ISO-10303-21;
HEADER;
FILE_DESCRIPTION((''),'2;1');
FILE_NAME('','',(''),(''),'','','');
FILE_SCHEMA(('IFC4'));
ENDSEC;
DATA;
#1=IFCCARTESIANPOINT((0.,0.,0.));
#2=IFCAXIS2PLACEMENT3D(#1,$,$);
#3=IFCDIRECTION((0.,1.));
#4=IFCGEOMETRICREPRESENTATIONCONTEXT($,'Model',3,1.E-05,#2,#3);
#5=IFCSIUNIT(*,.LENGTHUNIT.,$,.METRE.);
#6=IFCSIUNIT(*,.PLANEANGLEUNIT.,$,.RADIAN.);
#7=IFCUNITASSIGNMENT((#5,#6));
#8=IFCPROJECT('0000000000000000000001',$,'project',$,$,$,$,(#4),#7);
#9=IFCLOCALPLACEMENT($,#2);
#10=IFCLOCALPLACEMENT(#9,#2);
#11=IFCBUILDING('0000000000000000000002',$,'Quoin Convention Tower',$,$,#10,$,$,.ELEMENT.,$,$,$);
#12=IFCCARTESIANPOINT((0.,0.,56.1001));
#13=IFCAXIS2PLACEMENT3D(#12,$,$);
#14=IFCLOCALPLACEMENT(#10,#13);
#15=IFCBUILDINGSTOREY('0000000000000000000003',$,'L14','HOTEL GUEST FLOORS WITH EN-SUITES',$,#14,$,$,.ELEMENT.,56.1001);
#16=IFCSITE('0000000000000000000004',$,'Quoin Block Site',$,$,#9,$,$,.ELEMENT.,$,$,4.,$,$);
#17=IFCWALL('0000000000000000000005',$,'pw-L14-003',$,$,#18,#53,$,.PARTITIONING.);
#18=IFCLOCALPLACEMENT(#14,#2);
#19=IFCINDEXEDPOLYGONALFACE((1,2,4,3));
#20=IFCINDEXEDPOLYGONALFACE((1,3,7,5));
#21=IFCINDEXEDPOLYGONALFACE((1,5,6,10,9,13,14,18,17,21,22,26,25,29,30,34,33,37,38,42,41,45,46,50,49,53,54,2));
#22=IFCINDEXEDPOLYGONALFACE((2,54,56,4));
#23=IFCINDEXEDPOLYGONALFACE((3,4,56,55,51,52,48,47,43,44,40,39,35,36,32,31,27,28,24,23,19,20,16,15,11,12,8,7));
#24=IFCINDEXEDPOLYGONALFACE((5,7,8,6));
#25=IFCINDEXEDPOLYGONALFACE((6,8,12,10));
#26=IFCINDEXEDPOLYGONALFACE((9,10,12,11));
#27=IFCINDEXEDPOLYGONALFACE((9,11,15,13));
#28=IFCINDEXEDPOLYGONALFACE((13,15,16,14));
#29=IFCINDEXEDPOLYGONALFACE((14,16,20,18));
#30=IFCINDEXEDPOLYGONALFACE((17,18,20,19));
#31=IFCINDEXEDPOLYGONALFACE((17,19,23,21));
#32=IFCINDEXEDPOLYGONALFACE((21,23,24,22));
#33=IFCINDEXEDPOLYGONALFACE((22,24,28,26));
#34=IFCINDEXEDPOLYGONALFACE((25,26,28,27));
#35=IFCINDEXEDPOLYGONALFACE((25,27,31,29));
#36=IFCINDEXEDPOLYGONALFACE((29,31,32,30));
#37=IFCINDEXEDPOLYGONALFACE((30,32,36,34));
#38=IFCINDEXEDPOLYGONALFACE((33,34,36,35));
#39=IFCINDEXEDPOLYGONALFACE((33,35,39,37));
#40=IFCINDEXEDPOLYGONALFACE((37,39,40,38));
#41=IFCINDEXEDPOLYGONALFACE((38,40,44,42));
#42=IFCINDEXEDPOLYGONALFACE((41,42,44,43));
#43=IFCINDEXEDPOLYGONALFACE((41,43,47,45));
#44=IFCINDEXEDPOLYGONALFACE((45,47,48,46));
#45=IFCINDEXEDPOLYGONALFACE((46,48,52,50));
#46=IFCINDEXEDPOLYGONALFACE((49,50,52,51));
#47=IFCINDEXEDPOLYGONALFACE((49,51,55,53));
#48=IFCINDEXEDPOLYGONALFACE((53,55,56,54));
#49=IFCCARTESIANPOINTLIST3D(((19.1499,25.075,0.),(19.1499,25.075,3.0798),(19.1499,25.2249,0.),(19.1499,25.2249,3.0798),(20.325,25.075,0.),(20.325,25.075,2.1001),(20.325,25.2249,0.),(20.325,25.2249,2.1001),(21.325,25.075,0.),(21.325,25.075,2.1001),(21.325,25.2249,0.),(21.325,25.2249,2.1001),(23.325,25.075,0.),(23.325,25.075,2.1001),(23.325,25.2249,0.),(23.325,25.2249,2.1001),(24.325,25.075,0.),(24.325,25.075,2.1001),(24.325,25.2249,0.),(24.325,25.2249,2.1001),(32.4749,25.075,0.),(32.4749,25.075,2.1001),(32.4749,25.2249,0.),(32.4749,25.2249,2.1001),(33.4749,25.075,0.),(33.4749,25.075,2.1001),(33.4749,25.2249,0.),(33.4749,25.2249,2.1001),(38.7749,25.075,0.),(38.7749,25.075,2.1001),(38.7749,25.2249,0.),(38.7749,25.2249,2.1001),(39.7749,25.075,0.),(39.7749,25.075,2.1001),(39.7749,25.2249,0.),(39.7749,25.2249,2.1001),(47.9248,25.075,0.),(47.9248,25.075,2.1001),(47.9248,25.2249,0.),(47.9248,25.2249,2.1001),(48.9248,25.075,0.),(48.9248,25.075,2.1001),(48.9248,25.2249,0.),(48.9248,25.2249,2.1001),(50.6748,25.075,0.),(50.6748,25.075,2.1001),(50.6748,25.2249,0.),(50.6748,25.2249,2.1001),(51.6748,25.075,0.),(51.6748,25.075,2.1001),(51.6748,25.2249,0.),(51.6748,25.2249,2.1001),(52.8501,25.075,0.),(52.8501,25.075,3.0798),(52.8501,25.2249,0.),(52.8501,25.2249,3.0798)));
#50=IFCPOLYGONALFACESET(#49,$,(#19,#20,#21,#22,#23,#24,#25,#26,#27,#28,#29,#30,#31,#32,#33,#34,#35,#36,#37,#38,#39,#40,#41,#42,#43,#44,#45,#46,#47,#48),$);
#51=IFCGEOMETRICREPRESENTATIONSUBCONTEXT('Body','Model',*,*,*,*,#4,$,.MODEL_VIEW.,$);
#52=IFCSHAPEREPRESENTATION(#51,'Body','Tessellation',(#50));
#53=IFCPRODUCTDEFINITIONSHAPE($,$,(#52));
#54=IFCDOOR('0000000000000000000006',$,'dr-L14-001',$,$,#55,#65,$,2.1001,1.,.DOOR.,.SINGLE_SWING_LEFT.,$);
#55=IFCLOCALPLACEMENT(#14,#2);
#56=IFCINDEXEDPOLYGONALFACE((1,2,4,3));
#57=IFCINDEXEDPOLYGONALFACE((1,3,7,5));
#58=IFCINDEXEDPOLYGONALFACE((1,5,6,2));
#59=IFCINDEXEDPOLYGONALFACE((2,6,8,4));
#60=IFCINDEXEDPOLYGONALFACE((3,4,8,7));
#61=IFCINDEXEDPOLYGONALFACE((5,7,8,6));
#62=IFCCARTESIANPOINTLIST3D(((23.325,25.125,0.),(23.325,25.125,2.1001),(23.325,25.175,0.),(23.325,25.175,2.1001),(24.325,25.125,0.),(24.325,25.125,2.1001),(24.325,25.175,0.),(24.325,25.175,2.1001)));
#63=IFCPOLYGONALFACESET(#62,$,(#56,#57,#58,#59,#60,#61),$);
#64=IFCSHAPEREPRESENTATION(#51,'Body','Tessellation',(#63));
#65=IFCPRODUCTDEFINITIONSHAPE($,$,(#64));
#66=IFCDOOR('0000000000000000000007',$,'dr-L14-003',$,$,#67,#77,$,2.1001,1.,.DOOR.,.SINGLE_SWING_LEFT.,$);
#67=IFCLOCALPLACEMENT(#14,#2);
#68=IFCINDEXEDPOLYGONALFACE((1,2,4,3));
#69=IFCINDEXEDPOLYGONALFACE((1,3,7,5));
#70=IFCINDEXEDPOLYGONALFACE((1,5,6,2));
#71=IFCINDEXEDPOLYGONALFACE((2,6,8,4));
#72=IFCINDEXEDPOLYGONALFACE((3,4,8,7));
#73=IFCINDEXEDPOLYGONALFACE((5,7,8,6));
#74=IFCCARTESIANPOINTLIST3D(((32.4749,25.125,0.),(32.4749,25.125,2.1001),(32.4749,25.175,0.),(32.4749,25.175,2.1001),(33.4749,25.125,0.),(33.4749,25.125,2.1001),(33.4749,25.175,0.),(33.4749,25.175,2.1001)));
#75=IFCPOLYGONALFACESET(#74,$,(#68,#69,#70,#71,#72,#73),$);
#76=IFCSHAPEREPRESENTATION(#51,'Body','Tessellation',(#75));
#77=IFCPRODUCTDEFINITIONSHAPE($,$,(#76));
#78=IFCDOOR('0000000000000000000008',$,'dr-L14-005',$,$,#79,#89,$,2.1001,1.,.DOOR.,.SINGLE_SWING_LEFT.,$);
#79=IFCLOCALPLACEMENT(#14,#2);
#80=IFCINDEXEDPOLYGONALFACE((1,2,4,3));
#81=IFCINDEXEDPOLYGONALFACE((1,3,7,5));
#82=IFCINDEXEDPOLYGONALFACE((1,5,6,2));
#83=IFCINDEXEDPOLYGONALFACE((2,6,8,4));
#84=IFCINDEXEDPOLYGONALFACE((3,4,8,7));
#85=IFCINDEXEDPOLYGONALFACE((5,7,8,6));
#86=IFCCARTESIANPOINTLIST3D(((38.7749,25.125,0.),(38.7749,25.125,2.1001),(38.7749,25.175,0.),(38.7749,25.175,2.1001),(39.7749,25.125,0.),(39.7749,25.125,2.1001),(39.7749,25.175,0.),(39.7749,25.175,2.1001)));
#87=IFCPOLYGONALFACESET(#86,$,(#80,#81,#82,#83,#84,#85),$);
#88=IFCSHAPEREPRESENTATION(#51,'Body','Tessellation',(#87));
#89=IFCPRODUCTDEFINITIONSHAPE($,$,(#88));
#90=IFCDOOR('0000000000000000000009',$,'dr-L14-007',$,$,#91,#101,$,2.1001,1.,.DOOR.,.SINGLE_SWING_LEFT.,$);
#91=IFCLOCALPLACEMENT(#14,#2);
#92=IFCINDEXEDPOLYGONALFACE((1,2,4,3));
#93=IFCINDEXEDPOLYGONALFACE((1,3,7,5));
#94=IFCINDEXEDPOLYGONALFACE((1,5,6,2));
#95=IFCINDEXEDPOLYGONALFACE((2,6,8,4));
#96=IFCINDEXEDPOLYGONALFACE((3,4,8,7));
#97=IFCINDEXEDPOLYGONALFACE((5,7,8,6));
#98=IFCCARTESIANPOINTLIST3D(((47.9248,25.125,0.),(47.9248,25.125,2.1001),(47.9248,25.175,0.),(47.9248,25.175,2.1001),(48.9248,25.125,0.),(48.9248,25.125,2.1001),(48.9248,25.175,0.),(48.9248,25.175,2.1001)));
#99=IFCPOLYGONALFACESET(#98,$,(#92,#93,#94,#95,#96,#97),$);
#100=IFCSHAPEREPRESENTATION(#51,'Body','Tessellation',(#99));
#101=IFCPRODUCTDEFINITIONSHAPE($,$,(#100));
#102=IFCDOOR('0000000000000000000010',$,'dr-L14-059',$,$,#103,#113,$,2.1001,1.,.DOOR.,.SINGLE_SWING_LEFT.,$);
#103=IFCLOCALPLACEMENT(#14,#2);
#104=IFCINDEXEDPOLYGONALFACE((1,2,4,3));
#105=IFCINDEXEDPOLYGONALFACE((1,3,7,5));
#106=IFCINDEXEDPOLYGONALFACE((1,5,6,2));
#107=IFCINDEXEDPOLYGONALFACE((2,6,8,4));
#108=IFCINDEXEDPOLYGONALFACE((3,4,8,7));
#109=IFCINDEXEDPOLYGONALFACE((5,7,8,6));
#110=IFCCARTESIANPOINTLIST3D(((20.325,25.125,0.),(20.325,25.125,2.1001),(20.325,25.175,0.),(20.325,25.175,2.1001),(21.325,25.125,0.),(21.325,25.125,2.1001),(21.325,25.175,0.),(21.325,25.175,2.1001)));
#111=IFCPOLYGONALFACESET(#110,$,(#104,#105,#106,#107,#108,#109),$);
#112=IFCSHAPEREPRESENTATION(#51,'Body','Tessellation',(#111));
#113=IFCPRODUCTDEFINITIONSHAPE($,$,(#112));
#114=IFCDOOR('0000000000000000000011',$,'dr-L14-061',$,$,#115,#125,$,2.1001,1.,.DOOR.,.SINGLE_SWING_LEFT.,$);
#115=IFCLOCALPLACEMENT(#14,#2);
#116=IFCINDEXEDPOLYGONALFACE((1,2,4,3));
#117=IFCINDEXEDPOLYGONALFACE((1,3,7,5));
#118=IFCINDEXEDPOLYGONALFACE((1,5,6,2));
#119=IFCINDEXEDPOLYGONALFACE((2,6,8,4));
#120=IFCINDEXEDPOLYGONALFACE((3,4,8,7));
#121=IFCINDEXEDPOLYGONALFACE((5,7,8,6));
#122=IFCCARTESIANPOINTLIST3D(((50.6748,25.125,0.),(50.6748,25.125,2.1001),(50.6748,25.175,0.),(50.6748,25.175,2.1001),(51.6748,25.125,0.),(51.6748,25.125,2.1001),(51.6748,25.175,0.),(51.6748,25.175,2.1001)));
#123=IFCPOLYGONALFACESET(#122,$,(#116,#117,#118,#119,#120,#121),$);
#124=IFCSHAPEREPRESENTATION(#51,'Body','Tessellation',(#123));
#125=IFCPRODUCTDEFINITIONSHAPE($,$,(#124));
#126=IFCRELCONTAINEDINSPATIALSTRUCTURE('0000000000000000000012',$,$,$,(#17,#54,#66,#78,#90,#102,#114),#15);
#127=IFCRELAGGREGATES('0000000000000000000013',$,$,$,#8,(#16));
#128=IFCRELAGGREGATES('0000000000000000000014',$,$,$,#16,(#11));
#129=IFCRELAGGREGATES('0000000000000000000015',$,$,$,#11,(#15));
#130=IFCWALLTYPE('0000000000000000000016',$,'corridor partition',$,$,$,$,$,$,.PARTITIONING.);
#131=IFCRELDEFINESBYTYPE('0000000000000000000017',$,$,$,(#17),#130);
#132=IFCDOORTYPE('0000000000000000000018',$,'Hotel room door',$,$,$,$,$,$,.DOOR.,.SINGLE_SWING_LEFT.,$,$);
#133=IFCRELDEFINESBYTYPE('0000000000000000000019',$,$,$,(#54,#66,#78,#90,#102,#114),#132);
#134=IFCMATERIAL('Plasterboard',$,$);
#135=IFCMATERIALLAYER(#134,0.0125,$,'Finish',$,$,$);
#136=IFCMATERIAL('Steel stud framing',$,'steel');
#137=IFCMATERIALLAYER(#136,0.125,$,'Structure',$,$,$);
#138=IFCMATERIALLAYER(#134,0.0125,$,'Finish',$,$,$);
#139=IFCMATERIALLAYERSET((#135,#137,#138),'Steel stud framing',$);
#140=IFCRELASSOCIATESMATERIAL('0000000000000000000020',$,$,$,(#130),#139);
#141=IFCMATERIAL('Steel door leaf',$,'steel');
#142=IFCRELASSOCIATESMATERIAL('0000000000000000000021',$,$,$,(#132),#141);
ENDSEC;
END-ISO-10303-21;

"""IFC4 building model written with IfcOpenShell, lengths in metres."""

from ifc_helpers import new_model, si_unit, direction, frame, frame_2d, origin, place, context, subcontext, project, spatial, rectangle, extrude, material, layer, layer_set, type_object, element, fill, save


model = new_model("IFC4")

# Units and contexts
model_context = context("Model", 3, precision=1e-05, world=origin(), true_north=direction((0.0, 1.0)))
body_context = subcontext(model_context, "Body", "Model", "MODEL_VIEW")
ifc_project = project(units=[si_unit("LENGTHUNIT", "METRE"), si_unit("PLANEANGLEUNIT", "RADIAN")], contexts=[model_context])

# Site, building, storey
site_placement = place(None, origin())
site = spatial("IfcSite", under=ifc_project, at=site_placement, Name="Quoin Block Site", CompositionType="ELEMENT", RefElevation=4.0)
building_placement = place(site_placement, origin())
building = spatial("IfcBuilding", under=site, at=building_placement, Name="Quoin Convention Tower", CompositionType="ELEMENT")
storey_placement = place(building_placement, frame((0.0, 0.0, 56.1001)))
storey = spatial("IfcBuildingStorey", under=building, at=storey_placement, Name="L14", Description="HOTEL GUEST FLOORS WITH EN-SUITES", CompositionType="ELEMENT", Elevation=56.1001)

# Shared definitions
ifc_material_1 = material(Name="Steel door leaf", Category="steel")

# Wall, openings, doors
ifc_material_2 = material(Name="Plasterboard")
ifc_layer_1 = layer(ifc_material_2, 0.0125, Name="Finish")
ifc_material_3 = material(Name="Steel stud framing", Category="steel")
ifc_layer_2 = layer(ifc_material_3, 0.125, Name="Structure")
ifc_layer_3 = layer(ifc_material_2, 0.0125, Name="Finish")
ifc_layer_set_1 = layer_set([ifc_layer_1, ifc_layer_2, ifc_layer_3], Name="Steel stud framing")
wall_type_1 = type_object("IfcWallType", Name="corridor partition", PredefinedType="PARTITIONING", material=ifc_layer_set_1)
wall_1_placement = place(storey_placement, frame((19.1499, 25.1499, 0.0), z_axis=(0.0, 0.0, 1.0), x_axis=(1.0, 0.0, 0.0)))
wall_1 = element("IfcWall", 1, at=wall_1_placement, inside=storey, type_object=wall_type_1, Name="pw-L14-003", PredefinedType="PARTITIONING", context=body_context, shape_type="SweptSolid", body=[
    extrude(rectangle(XDim=33.7002, YDim=0.1499, at=frame_2d((16.8501, 0.0))), origin(), (0.0, 0.0, 1.0), 3.0798),
])
opening_1_placement = place(wall_1_placement, frame((4.175, 0.0, 0.0)))
opening_1 = element("IfcOpeningElement", 2, at=opening_1_placement, cuts=wall_1, PredefinedType="OPENING", context=body_context, shape_type="SweptSolid", body=[
    extrude(rectangle(XDim=1.0, YDim=2.1001, at=frame_2d((0.5, 1.05))), frame((0.0, 0.085, 0.0), z_axis=(0.0, -1.0, 0.0), x_axis=(1.0, 0.0, 0.0)), (0.0, 0.0, 1.0), 0.1699),
])
opening_2_placement = place(wall_1_placement, frame((13.325, 0.0, 0.0)))
opening_2 = element("IfcOpeningElement", 3, at=opening_2_placement, cuts=wall_1, PredefinedType="OPENING", context=body_context, shape_type="SweptSolid", body=[
    extrude(rectangle(XDim=1.0, YDim=2.1001, at=frame_2d((0.5, 1.05))), frame((0.0, 0.085, 0.0), z_axis=(0.0, -1.0, 0.0), x_axis=(1.0, 0.0, 0.0)), (0.0, 0.0, 1.0), 0.1699),
])
opening_3_placement = place(wall_1_placement, frame((19.625, 0.0, 0.0)))
opening_3 = element("IfcOpeningElement", 4, at=opening_3_placement, cuts=wall_1, PredefinedType="OPENING", context=body_context, shape_type="SweptSolid", body=[
    extrude(rectangle(XDim=1.0, YDim=2.1001, at=frame_2d((0.5, 1.05))), frame((0.0, 0.085, 0.0), z_axis=(0.0, -1.0, 0.0), x_axis=(1.0, 0.0, 0.0)), (0.0, 0.0, 1.0), 0.1699),
])
opening_4_placement = place(wall_1_placement, frame((28.7749, 0.0, 0.0)))
opening_4 = element("IfcOpeningElement", 5, at=opening_4_placement, cuts=wall_1, PredefinedType="OPENING", context=body_context, shape_type="SweptSolid", body=[
    extrude(rectangle(XDim=1.0, YDim=2.1001, at=frame_2d((0.5, 1.05))), frame((0.0, 0.085, 0.0), z_axis=(0.0, -1.0, 0.0), x_axis=(1.0, 0.0, 0.0)), (0.0, 0.0, 1.0), 0.1699),
])
opening_5_placement = place(wall_1_placement, frame((1.175, 0.0, 0.0)))
opening_5 = element("IfcOpeningElement", 6, at=opening_5_placement, cuts=wall_1, PredefinedType="OPENING", context=body_context, shape_type="SweptSolid", body=[
    extrude(rectangle(XDim=1.0, YDim=2.1001, at=frame_2d((0.5, 1.05))), frame((0.0, 0.085, 0.0), z_axis=(0.0, -1.0, 0.0), x_axis=(1.0, 0.0, 0.0)), (0.0, 0.0, 1.0), 0.1699),
])
opening_6_placement = place(wall_1_placement, frame((31.5249, 0.0, 0.0)))
opening_6 = element("IfcOpeningElement", 7, at=opening_6_placement, cuts=wall_1, PredefinedType="OPENING", context=body_context, shape_type="SweptSolid", body=[
    extrude(rectangle(XDim=1.0, YDim=2.1001, at=frame_2d((0.5, 1.05))), frame((0.0, 0.085, 0.0), z_axis=(0.0, -1.0, 0.0), x_axis=(1.0, 0.0, 0.0)), (0.0, 0.0, 1.0), 0.1699),
])
door_type_1 = type_object("IfcDoorType", Name="Hotel room door", OperationType="SINGLE_SWING_LEFT", PredefinedType="DOOR", material=ifc_material_1)
door_1_placement = place(opening_1_placement, frame((1.0, 0.0, 0.0), z_axis=(0.0, 0.0, 1.0), x_axis=(-1.0, 0.0, 0.0)))
door_1 = element("IfcDoor", 8, at=door_1_placement, inside=storey, type_object=door_type_1, Name="dr-L14-001", OperationType="SINGLE_SWING_LEFT", OverallHeight=2.1001, OverallWidth=1.0, PredefinedType="DOOR", context=body_context, shape_type="SweptSolid", body=[
    extrude(rectangle(XDim=1.0, YDim=2.1001, at=frame_2d((0.5, 1.05))), frame((0.0, 0.0249, 0.0), z_axis=(0.0, -1.0, 0.0), x_axis=(1.0, 0.0, 0.0)), (0.0, 0.0, 1.0), 0.05),
])
fill(opening_1, door_1)
door_2_placement = place(opening_2_placement, frame((1.0, 0.0, 0.0), z_axis=(0.0, 0.0, 1.0), x_axis=(-1.0, 0.0, 0.0)))
door_2 = element("IfcDoor", 9, at=door_2_placement, inside=storey, type_object=door_type_1, Name="dr-L14-003", OperationType="SINGLE_SWING_LEFT", OverallHeight=2.1001, OverallWidth=1.0, PredefinedType="DOOR", context=body_context, shape_type="SweptSolid", body=[
    extrude(rectangle(XDim=1.0, YDim=2.1001, at=frame_2d((0.5, 1.05))), frame((0.0, 0.0249, 0.0), z_axis=(0.0, -1.0, 0.0), x_axis=(1.0, 0.0, 0.0)), (0.0, 0.0, 1.0), 0.05),
])
fill(opening_2, door_2)
door_3_placement = place(opening_3_placement, frame((1.0, 0.0, 0.0), z_axis=(0.0, 0.0, 1.0), x_axis=(-1.0, 0.0, 0.0)))
door_3 = element("IfcDoor", 10, at=door_3_placement, inside=storey, type_object=door_type_1, Name="dr-L14-005", OperationType="SINGLE_SWING_LEFT", OverallHeight=2.1001, OverallWidth=1.0, PredefinedType="DOOR", context=body_context, shape_type="SweptSolid", body=[
    extrude(rectangle(XDim=1.0, YDim=2.1001, at=frame_2d((0.5, 1.05))), frame((0.0, 0.0249, 0.0), z_axis=(0.0, -1.0, 0.0), x_axis=(1.0, 0.0, 0.0)), (0.0, 0.0, 1.0), 0.05),
])
fill(opening_3, door_3)
door_4_placement = place(opening_4_placement, frame((1.0, 0.0, 0.0), z_axis=(0.0, 0.0, 1.0), x_axis=(-1.0, 0.0, 0.0)))
door_4 = element("IfcDoor", 11, at=door_4_placement, inside=storey, type_object=door_type_1, Name="dr-L14-007", OperationType="SINGLE_SWING_LEFT", OverallHeight=2.1001, OverallWidth=1.0, PredefinedType="DOOR", context=body_context, shape_type="SweptSolid", body=[
    extrude(rectangle(XDim=1.0, YDim=2.1001, at=frame_2d((0.5, 1.05))), frame((0.0, 0.0249, 0.0), z_axis=(0.0, -1.0, 0.0), x_axis=(1.0, 0.0, 0.0)), (0.0, 0.0, 1.0), 0.05),
])
fill(opening_4, door_4)
door_5_placement = place(opening_5_placement, frame((1.0, 0.0, 0.0), z_axis=(0.0, 0.0, 1.0), x_axis=(-1.0, 0.0, 0.0)))
door_5 = element("IfcDoor", 12, at=door_5_placement, inside=storey, type_object=door_type_1, Name="dr-L14-059", OperationType="SINGLE_SWING_LEFT", OverallHeight=2.1001, OverallWidth=1.0, PredefinedType="DOOR", context=body_context, shape_type="SweptSolid", body=[
    extrude(rectangle(XDim=1.0, YDim=2.1001, at=frame_2d((0.5, 1.05))), frame((0.0, 0.0249, 0.0), z_axis=(0.0, -1.0, 0.0), x_axis=(1.0, 0.0, 0.0)), (0.0, 0.0, 1.0), 0.05),
])
fill(opening_5, door_5)
door_6_placement = place(opening_6_placement, frame((1.0, 0.0, 0.0), z_axis=(0.0, 0.0, 1.0), x_axis=(-1.0, 0.0, 0.0)))
door_6 = element("IfcDoor", 13, at=door_6_placement, inside=storey, type_object=door_type_1, Name="dr-L14-061", OperationType="SINGLE_SWING_LEFT", OverallHeight=2.1001, OverallWidth=1.0, PredefinedType="DOOR", context=body_context, shape_type="SweptSolid", body=[
    extrude(rectangle(XDim=1.0, YDim=2.1001, at=frame_2d((0.5, 1.05))), frame((0.0, 0.0249, 0.0), z_axis=(0.0, -1.0, 0.0), x_axis=(1.0, 0.0, 0.0)), (0.0, 0.0, 1.0), 0.05),
])
fill(opening_6, door_6)

save(model, "model.ifc")
